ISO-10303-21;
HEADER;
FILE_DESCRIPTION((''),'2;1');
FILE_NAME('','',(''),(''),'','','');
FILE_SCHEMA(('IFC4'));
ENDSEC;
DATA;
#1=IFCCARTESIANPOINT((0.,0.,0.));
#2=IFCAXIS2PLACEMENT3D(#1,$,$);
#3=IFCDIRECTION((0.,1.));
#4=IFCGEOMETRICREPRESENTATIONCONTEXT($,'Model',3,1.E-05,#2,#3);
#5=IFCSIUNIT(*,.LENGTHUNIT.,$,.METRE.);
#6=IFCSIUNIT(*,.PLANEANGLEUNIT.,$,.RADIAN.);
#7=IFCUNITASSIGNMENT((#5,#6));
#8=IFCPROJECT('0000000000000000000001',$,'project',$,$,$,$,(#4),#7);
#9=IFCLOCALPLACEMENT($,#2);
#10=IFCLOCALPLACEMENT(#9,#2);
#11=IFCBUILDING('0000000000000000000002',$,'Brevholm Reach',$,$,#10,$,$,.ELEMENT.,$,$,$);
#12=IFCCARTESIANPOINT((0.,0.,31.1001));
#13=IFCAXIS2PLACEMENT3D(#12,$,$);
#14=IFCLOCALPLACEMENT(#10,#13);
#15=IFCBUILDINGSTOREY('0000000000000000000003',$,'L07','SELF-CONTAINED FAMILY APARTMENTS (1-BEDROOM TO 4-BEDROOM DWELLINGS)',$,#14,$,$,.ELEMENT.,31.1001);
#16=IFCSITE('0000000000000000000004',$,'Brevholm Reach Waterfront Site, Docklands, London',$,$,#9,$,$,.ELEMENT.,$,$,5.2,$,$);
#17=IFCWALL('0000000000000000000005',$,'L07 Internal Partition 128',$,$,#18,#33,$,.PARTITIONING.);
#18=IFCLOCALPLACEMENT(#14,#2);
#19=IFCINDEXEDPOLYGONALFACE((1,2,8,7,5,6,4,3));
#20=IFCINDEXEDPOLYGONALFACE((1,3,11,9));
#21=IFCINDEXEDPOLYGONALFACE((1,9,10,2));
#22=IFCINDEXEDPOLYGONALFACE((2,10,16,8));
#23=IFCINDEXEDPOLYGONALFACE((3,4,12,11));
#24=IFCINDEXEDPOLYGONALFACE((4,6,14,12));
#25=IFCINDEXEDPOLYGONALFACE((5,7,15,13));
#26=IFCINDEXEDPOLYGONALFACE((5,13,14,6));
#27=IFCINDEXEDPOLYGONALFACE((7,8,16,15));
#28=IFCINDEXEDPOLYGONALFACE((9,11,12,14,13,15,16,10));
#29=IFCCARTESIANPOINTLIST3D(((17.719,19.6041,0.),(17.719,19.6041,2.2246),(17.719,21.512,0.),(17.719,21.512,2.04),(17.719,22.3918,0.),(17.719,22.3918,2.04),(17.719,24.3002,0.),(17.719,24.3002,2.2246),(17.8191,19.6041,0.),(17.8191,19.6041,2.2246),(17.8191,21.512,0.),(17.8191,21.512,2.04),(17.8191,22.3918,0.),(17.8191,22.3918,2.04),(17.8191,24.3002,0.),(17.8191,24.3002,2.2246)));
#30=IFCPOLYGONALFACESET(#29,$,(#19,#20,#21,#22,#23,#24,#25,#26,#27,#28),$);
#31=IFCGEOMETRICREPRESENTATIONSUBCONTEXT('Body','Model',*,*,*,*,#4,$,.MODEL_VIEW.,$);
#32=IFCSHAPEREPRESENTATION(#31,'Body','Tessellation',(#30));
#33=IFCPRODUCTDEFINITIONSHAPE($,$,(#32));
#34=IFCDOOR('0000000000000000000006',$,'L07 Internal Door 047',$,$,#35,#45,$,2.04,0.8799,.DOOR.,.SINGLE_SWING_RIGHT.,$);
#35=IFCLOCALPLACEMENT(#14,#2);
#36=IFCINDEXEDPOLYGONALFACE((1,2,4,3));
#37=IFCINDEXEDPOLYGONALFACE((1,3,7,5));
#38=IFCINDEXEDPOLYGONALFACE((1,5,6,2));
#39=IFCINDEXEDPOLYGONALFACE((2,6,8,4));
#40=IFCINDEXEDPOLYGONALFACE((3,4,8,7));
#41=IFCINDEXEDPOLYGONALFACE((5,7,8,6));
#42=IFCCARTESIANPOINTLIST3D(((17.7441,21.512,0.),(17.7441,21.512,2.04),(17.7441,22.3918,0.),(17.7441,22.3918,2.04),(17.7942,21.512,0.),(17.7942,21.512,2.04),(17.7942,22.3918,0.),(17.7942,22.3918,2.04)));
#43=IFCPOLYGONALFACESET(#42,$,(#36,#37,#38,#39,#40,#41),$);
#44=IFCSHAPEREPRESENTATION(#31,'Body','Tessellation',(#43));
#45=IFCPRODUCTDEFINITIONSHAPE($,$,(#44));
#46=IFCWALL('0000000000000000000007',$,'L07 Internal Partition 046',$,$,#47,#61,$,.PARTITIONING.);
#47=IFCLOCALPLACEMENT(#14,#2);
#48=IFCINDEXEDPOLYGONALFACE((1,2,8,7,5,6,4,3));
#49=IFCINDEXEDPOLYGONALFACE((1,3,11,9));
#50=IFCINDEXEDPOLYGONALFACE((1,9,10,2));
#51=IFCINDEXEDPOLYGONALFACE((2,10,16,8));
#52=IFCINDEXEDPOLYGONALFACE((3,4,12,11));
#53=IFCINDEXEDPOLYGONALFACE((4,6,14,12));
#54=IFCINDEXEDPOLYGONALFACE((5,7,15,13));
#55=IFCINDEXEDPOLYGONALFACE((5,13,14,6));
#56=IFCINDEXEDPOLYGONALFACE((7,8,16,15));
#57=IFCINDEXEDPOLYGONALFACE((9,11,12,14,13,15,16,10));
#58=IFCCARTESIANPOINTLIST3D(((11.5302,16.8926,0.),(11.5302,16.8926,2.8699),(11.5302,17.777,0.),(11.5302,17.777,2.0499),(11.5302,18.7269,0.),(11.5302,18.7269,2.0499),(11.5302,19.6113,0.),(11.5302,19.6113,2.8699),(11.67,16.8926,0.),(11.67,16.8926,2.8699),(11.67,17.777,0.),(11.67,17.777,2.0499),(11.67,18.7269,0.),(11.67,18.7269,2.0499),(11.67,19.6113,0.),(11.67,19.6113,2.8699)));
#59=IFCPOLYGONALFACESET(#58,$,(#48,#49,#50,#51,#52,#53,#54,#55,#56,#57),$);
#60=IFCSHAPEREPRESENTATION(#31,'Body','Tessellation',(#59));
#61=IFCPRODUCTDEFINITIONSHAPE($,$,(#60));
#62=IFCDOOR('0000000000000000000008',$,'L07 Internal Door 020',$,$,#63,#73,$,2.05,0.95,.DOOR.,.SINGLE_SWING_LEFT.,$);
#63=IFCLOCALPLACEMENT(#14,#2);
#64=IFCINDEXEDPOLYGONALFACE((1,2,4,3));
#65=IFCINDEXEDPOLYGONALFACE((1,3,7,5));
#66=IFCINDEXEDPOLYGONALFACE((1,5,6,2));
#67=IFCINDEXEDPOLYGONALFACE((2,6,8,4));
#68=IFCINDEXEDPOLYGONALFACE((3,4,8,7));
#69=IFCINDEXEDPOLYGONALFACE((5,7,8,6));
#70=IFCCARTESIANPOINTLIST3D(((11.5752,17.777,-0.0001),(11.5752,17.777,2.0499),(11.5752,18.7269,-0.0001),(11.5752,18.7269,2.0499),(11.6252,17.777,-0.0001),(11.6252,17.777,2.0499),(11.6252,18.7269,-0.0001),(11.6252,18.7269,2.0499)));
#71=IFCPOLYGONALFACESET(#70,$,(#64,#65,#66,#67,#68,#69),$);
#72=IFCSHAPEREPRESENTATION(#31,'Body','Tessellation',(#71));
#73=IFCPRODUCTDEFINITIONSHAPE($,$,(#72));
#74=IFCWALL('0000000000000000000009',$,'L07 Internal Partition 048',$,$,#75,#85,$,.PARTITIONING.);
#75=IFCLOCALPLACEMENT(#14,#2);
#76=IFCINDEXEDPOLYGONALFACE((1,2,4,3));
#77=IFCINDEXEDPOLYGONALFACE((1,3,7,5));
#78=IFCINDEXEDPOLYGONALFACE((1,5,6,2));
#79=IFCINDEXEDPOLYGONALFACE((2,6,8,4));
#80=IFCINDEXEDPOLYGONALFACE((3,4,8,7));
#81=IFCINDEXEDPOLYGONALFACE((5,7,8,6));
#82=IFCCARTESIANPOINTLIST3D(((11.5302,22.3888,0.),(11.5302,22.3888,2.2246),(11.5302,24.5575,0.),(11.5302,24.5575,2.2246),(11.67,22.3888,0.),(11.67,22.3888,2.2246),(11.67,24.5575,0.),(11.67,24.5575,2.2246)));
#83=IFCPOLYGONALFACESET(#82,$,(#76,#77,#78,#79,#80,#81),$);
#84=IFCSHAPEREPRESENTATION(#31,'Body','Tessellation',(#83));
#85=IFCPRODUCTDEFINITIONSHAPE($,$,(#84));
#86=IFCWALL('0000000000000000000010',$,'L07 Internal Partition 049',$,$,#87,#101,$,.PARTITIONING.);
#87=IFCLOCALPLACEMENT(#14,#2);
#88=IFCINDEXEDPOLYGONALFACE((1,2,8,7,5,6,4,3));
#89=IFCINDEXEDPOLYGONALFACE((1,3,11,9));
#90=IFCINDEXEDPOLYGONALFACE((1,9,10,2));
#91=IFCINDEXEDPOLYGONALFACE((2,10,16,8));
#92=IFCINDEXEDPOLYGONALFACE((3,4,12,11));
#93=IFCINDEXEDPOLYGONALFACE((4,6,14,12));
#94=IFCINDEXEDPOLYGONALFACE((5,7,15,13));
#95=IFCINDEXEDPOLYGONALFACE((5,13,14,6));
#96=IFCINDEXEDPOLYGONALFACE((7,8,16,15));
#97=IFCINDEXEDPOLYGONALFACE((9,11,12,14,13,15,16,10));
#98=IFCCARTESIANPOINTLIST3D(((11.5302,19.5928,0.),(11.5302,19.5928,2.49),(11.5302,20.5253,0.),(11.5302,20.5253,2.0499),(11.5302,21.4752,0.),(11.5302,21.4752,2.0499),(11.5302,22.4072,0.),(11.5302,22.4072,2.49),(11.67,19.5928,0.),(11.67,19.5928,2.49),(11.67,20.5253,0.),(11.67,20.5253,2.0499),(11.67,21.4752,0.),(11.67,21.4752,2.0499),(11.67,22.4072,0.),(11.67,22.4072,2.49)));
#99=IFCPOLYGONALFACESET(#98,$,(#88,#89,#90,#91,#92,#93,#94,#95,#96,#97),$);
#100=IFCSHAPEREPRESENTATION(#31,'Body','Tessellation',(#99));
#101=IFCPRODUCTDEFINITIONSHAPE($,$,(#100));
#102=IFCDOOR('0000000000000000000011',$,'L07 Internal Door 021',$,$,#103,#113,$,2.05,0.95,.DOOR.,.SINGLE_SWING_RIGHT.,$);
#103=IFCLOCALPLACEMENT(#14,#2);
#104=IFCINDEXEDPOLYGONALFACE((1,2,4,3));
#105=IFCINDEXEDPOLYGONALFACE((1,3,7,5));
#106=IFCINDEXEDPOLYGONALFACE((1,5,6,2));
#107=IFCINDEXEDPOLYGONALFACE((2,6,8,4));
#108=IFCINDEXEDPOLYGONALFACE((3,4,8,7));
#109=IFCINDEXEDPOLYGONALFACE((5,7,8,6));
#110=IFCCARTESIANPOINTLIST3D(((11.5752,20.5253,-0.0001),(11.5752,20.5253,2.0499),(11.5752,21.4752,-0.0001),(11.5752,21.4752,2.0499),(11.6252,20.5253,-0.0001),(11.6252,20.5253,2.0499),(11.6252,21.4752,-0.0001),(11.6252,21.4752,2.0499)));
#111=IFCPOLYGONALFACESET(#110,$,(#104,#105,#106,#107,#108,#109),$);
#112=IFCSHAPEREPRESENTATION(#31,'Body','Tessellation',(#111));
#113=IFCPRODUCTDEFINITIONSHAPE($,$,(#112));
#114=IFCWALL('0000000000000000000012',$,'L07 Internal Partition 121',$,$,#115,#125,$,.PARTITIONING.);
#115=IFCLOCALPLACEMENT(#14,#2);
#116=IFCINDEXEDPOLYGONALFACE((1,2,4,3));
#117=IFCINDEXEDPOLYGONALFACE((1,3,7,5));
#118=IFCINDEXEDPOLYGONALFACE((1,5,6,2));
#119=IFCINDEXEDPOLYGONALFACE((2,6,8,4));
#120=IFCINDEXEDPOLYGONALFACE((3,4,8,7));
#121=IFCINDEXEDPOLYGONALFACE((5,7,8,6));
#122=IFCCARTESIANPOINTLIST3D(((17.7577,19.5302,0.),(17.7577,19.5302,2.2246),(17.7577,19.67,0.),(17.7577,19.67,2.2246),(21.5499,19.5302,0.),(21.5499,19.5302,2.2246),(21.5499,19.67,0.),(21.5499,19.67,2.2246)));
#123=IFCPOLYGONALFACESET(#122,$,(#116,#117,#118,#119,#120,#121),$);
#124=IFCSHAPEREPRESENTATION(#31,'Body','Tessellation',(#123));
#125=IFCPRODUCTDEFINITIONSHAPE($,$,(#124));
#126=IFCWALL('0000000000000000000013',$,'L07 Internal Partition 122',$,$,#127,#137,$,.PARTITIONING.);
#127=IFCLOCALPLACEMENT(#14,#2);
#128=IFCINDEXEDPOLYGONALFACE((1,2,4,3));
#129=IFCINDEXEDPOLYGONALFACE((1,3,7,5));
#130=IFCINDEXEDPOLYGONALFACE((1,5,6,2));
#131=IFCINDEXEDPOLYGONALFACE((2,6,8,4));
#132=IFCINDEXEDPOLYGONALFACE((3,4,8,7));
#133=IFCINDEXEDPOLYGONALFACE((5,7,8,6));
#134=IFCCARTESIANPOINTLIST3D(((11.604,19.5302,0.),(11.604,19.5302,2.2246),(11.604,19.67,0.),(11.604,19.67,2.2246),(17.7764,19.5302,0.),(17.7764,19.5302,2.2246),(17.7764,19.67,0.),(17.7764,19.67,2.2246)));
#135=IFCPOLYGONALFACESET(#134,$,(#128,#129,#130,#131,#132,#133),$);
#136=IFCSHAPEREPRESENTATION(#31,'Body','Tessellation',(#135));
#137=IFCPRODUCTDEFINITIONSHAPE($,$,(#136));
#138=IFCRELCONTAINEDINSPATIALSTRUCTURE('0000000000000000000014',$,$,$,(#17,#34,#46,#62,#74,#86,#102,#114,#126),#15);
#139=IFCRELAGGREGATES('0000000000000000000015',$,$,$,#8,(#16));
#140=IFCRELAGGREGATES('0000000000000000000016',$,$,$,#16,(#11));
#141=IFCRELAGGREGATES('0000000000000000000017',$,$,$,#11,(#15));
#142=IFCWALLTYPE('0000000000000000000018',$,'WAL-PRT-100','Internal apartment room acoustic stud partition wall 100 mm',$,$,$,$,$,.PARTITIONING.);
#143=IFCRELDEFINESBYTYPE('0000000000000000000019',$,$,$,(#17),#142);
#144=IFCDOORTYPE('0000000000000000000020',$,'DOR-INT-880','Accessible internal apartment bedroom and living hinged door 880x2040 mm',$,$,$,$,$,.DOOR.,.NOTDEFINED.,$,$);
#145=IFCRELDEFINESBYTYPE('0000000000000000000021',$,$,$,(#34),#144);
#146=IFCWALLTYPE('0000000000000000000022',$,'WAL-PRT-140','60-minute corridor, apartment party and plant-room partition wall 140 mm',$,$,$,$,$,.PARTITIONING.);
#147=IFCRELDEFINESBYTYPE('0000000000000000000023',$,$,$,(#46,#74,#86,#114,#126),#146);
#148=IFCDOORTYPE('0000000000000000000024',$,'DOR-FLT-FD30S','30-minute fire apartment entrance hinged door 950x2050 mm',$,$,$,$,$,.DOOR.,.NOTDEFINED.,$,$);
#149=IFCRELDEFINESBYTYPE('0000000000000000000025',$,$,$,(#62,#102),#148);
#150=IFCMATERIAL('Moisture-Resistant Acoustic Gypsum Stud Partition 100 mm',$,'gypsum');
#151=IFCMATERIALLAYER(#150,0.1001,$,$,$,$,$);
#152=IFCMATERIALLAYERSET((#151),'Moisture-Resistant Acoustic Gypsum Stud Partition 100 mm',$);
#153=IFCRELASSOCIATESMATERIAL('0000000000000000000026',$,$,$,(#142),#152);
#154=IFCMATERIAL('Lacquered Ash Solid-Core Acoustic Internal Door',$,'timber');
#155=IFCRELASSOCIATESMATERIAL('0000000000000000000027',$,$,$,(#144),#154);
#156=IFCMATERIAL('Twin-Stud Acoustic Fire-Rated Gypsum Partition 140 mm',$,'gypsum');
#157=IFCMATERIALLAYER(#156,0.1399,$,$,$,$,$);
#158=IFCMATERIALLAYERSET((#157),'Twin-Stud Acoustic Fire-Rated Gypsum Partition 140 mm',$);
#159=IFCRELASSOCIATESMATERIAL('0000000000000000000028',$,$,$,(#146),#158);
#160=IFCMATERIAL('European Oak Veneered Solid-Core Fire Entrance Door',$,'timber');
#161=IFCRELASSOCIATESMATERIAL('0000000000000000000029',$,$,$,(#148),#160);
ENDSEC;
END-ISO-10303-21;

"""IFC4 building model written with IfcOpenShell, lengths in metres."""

from ifc_helpers import new_model, si_unit, direction, frame, frame_2d, origin, place, context, subcontext, project, spatial, rectangle, extrude, material, layer, layer_set, type_object, element, fill, save


model = new_model("IFC4")

# Units and contexts
model_context = context("Model", 3, precision=1e-05, world=origin(), true_north=direction((0.0, 1.0)))
body_context = subcontext(model_context, "Body", "Model", "MODEL_VIEW")
ifc_project = project(units=[si_unit("LENGTHUNIT", "METRE"), si_unit("PLANEANGLEUNIT", "RADIAN")], contexts=[model_context])

# Site, building, storey
site_placement = place(None, origin())
site = spatial("IfcSite", under=ifc_project, at=site_placement, Name="Brevholm Reach Waterfront Site, Docklands, London", CompositionType="ELEMENT", RefElevation=5.2)
building_placement = place(site_placement, origin())
building = spatial("IfcBuilding", under=site, at=building_placement, Name="Brevholm Reach", CompositionType="ELEMENT")
storey_placement = place(building_placement, frame((0.0, 0.0, 31.1001)))
storey = spatial("IfcBuildingStorey", under=building, at=storey_placement, Name="L07", Description="SELF-CONTAINED FAMILY APARTMENTS (1-BEDROOM TO 4-BEDROOM DWELLINGS)", CompositionType="ELEMENT", Elevation=31.1001)

# Shared definitions
ifc_material_1 = material(Name="Moisture-Resistant Acoustic Gypsum Stud Partition 100 mm", Category="gypsum")
ifc_layer_1 = layer(ifc_material_1, 0.1001)
ifc_layer_set_1 = layer_set([ifc_layer_1], Name="Moisture-Resistant Acoustic Gypsum Stud Partition 100 mm")
wall_type_1 = type_object("IfcWallType", Name="WAL-PRT-100", Description="Internal apartment room acoustic stud partition wall 100 mm", PredefinedType="PARTITIONING", material=ifc_layer_set_1)
ifc_material_2 = material(Name="Lacquered Ash Solid-Core Acoustic Internal Door", Category="timber")
door_type_1 = type_object("IfcDoorType", Name="DOR-INT-880", Description="Accessible internal apartment bedroom and living hinged door 880x2040 mm", OperationType="NOTDEFINED", PredefinedType="DOOR", material=ifc_material_2)

# Walls, openings, doors
wall_1_placement = place(storey_placement, frame((17.769, 19.604, 0.0), z_axis=(0.0, 0.0, 1.0), x_axis=(0.0, 1.0, 0.0)))
wall_1 = element("IfcWall", 1, at=wall_1_placement, inside=storey, type_object=wall_type_1, Name="L07 Internal Partition 128", PredefinedType="PARTITIONING", context=body_context, shape_type="SweptSolid", body=[
    extrude(rectangle(XDim=4.696, YDim=0.1001, at=frame_2d((2.3481, 0.0))), origin(), (0.0, 0.0, 1.0), 2.2246),
])
opening_1_placement = place(wall_1_placement, frame((1.908, 0.0, 0.0)))
opening_1 = element("IfcOpeningElement", 2, at=opening_1_placement, cuts=wall_1, PredefinedType="OPENING", context=body_context, shape_type="SweptSolid", body=[
    extrude(rectangle(XDim=0.8799, YDim=2.04, at=frame_2d((0.4399, 1.02))), frame((0.0, 0.0601, 0.0), z_axis=(0.0, -1.0, 0.0), x_axis=(1.0, 0.0, 0.0)), (0.0, 0.0, 1.0), 0.1201),
])
door_1_placement = place(opening_1_placement, origin())
door_1 = element("IfcDoor", 3, at=door_1_placement, inside=storey, type_object=door_type_1, Name="L07 Internal Door 047", OperationType="SINGLE_SWING_RIGHT", OverallHeight=2.04, OverallWidth=0.8799, PredefinedType="DOOR", context=body_context, shape_type="SweptSolid", body=[
    extrude(rectangle(XDim=0.8799, YDim=2.04, at=frame_2d((0.4399, 1.02))), frame((0.0, 0.0249, 0.0), z_axis=(0.0, -1.0, 0.0), x_axis=(1.0, 0.0, 0.0)), (0.0, 0.0, 1.0), 0.05),
])
fill(opening_1, door_1)
ifc_material_3 = material(Name="Twin-Stud Acoustic Fire-Rated Gypsum Partition 140 mm", Category="gypsum")
ifc_layer_2 = layer(ifc_material_3, 0.1399)
ifc_layer_set_2 = layer_set([ifc_layer_2], Name="Twin-Stud Acoustic Fire-Rated Gypsum Partition 140 mm")
wall_type_2 = type_object("IfcWallType", Name="WAL-PRT-140", Description="60-minute corridor, apartment party and plant-room partition wall 140 mm", PredefinedType="PARTITIONING", material=ifc_layer_set_2)
wall_2_placement = place(storey_placement, frame((11.6001, 16.8926, 0.0), z_axis=(0.0, 0.0, 1.0), x_axis=(0.0, 1.0, 0.0)))
wall_2 = element("IfcWall", 4, at=wall_2_placement, inside=storey, type_object=wall_type_2, Name="L07 Internal Partition 046", PredefinedType="PARTITIONING", context=body_context, shape_type="SweptSolid", body=[
    extrude(rectangle(XDim=2.7188, YDim=0.1399, at=frame_2d((1.3594, 0.0))), origin(), (0.0, 0.0, 1.0), 2.8699),
])
opening_2_placement = place(wall_2_placement, frame((0.8843, 0.0, 0.0)))
opening_2 = element("IfcOpeningElement", 5, at=opening_2_placement, cuts=wall_2, PredefinedType="OPENING", context=body_context, shape_type="SweptSolid", body=[
    extrude(rectangle(XDim=0.95, YDim=2.05, at=frame_2d((0.4751, 1.0249))), frame((0.0, 0.0798, 0.0), z_axis=(0.0, -1.0, 0.0), x_axis=(1.0, 0.0, 0.0)), (0.0, 0.0, 1.0), 0.1599),
])
ifc_material_4 = material(Name="European Oak Veneered Solid-Core Fire Entrance Door", Category="timber")
door_type_2 = type_object("IfcDoorType", Name="DOR-FLT-FD30S", Description="30-minute fire apartment entrance hinged door 950x2050 mm", OperationType="NOTDEFINED", PredefinedType="DOOR", material=ifc_material_4)
door_2_placement = place(opening_2_placement, origin())
door_2 = element("IfcDoor", 6, at=door_2_placement, inside=storey, type_object=door_type_2, Name="L07 Internal Door 020", OperationType="SINGLE_SWING_LEFT", OverallHeight=2.05, OverallWidth=0.95, PredefinedType="DOOR", context=body_context, shape_type="SweptSolid", body=[
    extrude(rectangle(XDim=0.95, YDim=2.05, at=frame_2d((0.4751, 1.0249))), frame((0.0, 0.0249, 0.0), z_axis=(0.0, -1.0, 0.0), x_axis=(1.0, 0.0, 0.0)), (0.0, 0.0, 1.0), 0.05),
])
fill(opening_2, door_2)

# Wall
wall_3_placement = place(storey_placement, frame((11.6001, 22.3887, 0.0), z_axis=(0.0, 0.0, 1.0), x_axis=(0.0, 1.0, 0.0)))
element("IfcWall", 7, at=wall_3_placement, inside=storey, type_object=wall_type_2, Name="L07 Internal Partition 048", PredefinedType="PARTITIONING", context=body_context, shape_type="SweptSolid", body=[
    extrude(rectangle(XDim=2.1687, YDim=0.1399, at=frame_2d((1.0845, 0.0))), origin(), (0.0, 0.0, 1.0), 2.2246),
])

# Wall, opening, door
wall_4_placement = place(storey_placement, frame((11.6001, 19.5928, 0.0), z_axis=(0.0, 0.0, 1.0), x_axis=(0.0, 1.0, 0.0)))
wall_4 = element("IfcWall", 8, at=wall_4_placement, inside=storey, type_object=wall_type_2, Name="L07 Internal Partition 049", PredefinedType="PARTITIONING", context=body_context, shape_type="SweptSolid", body=[
    extrude(rectangle(XDim=2.8145, YDim=0.1399, at=frame_2d((1.4072, 0.0))), origin(), (0.0, 0.0, 1.0), 2.49),
])
opening_3_placement = place(wall_4_placement, frame((0.9324, 0.0, 0.0)))
opening_3 = element("IfcOpeningElement", 9, at=opening_3_placement, cuts=wall_4, PredefinedType="OPENING", context=body_context, shape_type="SweptSolid", body=[
    extrude(rectangle(XDim=0.95, YDim=2.05, at=frame_2d((0.4751, 1.0249))), frame((0.0, 0.0798, 0.0), z_axis=(0.0, -1.0, 0.0), x_axis=(1.0, 0.0, 0.0)), (0.0, 0.0, 1.0), 0.1599),
])
door_3_placement = place(opening_3_placement, origin())
door_3 = element("IfcDoor", 10, at=door_3_placement, inside=storey, type_object=door_type_2, Name="L07 Internal Door 021", OperationType="SINGLE_SWING_RIGHT", OverallHeight=2.05, OverallWidth=0.95, PredefinedType="DOOR", context=body_context, shape_type="SweptSolid", body=[
    extrude(rectangle(XDim=0.95, YDim=2.05, at=frame_2d((0.4751, 1.0249))), frame((0.0, 0.0249, 0.0), z_axis=(0.0, -1.0, 0.0), x_axis=(1.0, 0.0, 0.0)), (0.0, 0.0, 1.0), 0.05),
])
fill(opening_3, door_3)

# Walls
wall_5_placement = place(storey_placement, frame((17.7578, 19.6001, 0.0), z_axis=(0.0, 0.0, 1.0), x_axis=(1.0, 0.0, 0.0)))
element("IfcWall", 11, at=wall_5_placement, inside=storey, type_object=wall_type_2, Name="L07 Internal Partition 121", PredefinedType="PARTITIONING", context=body_context, shape_type="SweptSolid", body=[
    extrude(rectangle(XDim=3.7922, YDim=0.1399, at=frame_2d((1.896, 0.0))), origin(), (0.0, 0.0, 1.0), 2.2246),
])
wall_6_placement = place(storey_placement, frame((11.604, 19.6001, 0.0), z_axis=(0.0, 0.0, 1.0), x_axis=(1.0, 0.0, 0.0)))
element("IfcWall", 12, at=wall_6_placement, inside=storey, type_object=wall_type_2, Name="L07 Internal Partition 122", PredefinedType="PARTITIONING", context=body_context, shape_type="SweptSolid", body=[
    extrude(rectangle(XDim=6.1724, YDim=0.1399, at=frame_2d((3.0862, 0.0))), origin(), (0.0, 0.0, 1.0), 2.2246),
])

save(model, "model.ifc")
